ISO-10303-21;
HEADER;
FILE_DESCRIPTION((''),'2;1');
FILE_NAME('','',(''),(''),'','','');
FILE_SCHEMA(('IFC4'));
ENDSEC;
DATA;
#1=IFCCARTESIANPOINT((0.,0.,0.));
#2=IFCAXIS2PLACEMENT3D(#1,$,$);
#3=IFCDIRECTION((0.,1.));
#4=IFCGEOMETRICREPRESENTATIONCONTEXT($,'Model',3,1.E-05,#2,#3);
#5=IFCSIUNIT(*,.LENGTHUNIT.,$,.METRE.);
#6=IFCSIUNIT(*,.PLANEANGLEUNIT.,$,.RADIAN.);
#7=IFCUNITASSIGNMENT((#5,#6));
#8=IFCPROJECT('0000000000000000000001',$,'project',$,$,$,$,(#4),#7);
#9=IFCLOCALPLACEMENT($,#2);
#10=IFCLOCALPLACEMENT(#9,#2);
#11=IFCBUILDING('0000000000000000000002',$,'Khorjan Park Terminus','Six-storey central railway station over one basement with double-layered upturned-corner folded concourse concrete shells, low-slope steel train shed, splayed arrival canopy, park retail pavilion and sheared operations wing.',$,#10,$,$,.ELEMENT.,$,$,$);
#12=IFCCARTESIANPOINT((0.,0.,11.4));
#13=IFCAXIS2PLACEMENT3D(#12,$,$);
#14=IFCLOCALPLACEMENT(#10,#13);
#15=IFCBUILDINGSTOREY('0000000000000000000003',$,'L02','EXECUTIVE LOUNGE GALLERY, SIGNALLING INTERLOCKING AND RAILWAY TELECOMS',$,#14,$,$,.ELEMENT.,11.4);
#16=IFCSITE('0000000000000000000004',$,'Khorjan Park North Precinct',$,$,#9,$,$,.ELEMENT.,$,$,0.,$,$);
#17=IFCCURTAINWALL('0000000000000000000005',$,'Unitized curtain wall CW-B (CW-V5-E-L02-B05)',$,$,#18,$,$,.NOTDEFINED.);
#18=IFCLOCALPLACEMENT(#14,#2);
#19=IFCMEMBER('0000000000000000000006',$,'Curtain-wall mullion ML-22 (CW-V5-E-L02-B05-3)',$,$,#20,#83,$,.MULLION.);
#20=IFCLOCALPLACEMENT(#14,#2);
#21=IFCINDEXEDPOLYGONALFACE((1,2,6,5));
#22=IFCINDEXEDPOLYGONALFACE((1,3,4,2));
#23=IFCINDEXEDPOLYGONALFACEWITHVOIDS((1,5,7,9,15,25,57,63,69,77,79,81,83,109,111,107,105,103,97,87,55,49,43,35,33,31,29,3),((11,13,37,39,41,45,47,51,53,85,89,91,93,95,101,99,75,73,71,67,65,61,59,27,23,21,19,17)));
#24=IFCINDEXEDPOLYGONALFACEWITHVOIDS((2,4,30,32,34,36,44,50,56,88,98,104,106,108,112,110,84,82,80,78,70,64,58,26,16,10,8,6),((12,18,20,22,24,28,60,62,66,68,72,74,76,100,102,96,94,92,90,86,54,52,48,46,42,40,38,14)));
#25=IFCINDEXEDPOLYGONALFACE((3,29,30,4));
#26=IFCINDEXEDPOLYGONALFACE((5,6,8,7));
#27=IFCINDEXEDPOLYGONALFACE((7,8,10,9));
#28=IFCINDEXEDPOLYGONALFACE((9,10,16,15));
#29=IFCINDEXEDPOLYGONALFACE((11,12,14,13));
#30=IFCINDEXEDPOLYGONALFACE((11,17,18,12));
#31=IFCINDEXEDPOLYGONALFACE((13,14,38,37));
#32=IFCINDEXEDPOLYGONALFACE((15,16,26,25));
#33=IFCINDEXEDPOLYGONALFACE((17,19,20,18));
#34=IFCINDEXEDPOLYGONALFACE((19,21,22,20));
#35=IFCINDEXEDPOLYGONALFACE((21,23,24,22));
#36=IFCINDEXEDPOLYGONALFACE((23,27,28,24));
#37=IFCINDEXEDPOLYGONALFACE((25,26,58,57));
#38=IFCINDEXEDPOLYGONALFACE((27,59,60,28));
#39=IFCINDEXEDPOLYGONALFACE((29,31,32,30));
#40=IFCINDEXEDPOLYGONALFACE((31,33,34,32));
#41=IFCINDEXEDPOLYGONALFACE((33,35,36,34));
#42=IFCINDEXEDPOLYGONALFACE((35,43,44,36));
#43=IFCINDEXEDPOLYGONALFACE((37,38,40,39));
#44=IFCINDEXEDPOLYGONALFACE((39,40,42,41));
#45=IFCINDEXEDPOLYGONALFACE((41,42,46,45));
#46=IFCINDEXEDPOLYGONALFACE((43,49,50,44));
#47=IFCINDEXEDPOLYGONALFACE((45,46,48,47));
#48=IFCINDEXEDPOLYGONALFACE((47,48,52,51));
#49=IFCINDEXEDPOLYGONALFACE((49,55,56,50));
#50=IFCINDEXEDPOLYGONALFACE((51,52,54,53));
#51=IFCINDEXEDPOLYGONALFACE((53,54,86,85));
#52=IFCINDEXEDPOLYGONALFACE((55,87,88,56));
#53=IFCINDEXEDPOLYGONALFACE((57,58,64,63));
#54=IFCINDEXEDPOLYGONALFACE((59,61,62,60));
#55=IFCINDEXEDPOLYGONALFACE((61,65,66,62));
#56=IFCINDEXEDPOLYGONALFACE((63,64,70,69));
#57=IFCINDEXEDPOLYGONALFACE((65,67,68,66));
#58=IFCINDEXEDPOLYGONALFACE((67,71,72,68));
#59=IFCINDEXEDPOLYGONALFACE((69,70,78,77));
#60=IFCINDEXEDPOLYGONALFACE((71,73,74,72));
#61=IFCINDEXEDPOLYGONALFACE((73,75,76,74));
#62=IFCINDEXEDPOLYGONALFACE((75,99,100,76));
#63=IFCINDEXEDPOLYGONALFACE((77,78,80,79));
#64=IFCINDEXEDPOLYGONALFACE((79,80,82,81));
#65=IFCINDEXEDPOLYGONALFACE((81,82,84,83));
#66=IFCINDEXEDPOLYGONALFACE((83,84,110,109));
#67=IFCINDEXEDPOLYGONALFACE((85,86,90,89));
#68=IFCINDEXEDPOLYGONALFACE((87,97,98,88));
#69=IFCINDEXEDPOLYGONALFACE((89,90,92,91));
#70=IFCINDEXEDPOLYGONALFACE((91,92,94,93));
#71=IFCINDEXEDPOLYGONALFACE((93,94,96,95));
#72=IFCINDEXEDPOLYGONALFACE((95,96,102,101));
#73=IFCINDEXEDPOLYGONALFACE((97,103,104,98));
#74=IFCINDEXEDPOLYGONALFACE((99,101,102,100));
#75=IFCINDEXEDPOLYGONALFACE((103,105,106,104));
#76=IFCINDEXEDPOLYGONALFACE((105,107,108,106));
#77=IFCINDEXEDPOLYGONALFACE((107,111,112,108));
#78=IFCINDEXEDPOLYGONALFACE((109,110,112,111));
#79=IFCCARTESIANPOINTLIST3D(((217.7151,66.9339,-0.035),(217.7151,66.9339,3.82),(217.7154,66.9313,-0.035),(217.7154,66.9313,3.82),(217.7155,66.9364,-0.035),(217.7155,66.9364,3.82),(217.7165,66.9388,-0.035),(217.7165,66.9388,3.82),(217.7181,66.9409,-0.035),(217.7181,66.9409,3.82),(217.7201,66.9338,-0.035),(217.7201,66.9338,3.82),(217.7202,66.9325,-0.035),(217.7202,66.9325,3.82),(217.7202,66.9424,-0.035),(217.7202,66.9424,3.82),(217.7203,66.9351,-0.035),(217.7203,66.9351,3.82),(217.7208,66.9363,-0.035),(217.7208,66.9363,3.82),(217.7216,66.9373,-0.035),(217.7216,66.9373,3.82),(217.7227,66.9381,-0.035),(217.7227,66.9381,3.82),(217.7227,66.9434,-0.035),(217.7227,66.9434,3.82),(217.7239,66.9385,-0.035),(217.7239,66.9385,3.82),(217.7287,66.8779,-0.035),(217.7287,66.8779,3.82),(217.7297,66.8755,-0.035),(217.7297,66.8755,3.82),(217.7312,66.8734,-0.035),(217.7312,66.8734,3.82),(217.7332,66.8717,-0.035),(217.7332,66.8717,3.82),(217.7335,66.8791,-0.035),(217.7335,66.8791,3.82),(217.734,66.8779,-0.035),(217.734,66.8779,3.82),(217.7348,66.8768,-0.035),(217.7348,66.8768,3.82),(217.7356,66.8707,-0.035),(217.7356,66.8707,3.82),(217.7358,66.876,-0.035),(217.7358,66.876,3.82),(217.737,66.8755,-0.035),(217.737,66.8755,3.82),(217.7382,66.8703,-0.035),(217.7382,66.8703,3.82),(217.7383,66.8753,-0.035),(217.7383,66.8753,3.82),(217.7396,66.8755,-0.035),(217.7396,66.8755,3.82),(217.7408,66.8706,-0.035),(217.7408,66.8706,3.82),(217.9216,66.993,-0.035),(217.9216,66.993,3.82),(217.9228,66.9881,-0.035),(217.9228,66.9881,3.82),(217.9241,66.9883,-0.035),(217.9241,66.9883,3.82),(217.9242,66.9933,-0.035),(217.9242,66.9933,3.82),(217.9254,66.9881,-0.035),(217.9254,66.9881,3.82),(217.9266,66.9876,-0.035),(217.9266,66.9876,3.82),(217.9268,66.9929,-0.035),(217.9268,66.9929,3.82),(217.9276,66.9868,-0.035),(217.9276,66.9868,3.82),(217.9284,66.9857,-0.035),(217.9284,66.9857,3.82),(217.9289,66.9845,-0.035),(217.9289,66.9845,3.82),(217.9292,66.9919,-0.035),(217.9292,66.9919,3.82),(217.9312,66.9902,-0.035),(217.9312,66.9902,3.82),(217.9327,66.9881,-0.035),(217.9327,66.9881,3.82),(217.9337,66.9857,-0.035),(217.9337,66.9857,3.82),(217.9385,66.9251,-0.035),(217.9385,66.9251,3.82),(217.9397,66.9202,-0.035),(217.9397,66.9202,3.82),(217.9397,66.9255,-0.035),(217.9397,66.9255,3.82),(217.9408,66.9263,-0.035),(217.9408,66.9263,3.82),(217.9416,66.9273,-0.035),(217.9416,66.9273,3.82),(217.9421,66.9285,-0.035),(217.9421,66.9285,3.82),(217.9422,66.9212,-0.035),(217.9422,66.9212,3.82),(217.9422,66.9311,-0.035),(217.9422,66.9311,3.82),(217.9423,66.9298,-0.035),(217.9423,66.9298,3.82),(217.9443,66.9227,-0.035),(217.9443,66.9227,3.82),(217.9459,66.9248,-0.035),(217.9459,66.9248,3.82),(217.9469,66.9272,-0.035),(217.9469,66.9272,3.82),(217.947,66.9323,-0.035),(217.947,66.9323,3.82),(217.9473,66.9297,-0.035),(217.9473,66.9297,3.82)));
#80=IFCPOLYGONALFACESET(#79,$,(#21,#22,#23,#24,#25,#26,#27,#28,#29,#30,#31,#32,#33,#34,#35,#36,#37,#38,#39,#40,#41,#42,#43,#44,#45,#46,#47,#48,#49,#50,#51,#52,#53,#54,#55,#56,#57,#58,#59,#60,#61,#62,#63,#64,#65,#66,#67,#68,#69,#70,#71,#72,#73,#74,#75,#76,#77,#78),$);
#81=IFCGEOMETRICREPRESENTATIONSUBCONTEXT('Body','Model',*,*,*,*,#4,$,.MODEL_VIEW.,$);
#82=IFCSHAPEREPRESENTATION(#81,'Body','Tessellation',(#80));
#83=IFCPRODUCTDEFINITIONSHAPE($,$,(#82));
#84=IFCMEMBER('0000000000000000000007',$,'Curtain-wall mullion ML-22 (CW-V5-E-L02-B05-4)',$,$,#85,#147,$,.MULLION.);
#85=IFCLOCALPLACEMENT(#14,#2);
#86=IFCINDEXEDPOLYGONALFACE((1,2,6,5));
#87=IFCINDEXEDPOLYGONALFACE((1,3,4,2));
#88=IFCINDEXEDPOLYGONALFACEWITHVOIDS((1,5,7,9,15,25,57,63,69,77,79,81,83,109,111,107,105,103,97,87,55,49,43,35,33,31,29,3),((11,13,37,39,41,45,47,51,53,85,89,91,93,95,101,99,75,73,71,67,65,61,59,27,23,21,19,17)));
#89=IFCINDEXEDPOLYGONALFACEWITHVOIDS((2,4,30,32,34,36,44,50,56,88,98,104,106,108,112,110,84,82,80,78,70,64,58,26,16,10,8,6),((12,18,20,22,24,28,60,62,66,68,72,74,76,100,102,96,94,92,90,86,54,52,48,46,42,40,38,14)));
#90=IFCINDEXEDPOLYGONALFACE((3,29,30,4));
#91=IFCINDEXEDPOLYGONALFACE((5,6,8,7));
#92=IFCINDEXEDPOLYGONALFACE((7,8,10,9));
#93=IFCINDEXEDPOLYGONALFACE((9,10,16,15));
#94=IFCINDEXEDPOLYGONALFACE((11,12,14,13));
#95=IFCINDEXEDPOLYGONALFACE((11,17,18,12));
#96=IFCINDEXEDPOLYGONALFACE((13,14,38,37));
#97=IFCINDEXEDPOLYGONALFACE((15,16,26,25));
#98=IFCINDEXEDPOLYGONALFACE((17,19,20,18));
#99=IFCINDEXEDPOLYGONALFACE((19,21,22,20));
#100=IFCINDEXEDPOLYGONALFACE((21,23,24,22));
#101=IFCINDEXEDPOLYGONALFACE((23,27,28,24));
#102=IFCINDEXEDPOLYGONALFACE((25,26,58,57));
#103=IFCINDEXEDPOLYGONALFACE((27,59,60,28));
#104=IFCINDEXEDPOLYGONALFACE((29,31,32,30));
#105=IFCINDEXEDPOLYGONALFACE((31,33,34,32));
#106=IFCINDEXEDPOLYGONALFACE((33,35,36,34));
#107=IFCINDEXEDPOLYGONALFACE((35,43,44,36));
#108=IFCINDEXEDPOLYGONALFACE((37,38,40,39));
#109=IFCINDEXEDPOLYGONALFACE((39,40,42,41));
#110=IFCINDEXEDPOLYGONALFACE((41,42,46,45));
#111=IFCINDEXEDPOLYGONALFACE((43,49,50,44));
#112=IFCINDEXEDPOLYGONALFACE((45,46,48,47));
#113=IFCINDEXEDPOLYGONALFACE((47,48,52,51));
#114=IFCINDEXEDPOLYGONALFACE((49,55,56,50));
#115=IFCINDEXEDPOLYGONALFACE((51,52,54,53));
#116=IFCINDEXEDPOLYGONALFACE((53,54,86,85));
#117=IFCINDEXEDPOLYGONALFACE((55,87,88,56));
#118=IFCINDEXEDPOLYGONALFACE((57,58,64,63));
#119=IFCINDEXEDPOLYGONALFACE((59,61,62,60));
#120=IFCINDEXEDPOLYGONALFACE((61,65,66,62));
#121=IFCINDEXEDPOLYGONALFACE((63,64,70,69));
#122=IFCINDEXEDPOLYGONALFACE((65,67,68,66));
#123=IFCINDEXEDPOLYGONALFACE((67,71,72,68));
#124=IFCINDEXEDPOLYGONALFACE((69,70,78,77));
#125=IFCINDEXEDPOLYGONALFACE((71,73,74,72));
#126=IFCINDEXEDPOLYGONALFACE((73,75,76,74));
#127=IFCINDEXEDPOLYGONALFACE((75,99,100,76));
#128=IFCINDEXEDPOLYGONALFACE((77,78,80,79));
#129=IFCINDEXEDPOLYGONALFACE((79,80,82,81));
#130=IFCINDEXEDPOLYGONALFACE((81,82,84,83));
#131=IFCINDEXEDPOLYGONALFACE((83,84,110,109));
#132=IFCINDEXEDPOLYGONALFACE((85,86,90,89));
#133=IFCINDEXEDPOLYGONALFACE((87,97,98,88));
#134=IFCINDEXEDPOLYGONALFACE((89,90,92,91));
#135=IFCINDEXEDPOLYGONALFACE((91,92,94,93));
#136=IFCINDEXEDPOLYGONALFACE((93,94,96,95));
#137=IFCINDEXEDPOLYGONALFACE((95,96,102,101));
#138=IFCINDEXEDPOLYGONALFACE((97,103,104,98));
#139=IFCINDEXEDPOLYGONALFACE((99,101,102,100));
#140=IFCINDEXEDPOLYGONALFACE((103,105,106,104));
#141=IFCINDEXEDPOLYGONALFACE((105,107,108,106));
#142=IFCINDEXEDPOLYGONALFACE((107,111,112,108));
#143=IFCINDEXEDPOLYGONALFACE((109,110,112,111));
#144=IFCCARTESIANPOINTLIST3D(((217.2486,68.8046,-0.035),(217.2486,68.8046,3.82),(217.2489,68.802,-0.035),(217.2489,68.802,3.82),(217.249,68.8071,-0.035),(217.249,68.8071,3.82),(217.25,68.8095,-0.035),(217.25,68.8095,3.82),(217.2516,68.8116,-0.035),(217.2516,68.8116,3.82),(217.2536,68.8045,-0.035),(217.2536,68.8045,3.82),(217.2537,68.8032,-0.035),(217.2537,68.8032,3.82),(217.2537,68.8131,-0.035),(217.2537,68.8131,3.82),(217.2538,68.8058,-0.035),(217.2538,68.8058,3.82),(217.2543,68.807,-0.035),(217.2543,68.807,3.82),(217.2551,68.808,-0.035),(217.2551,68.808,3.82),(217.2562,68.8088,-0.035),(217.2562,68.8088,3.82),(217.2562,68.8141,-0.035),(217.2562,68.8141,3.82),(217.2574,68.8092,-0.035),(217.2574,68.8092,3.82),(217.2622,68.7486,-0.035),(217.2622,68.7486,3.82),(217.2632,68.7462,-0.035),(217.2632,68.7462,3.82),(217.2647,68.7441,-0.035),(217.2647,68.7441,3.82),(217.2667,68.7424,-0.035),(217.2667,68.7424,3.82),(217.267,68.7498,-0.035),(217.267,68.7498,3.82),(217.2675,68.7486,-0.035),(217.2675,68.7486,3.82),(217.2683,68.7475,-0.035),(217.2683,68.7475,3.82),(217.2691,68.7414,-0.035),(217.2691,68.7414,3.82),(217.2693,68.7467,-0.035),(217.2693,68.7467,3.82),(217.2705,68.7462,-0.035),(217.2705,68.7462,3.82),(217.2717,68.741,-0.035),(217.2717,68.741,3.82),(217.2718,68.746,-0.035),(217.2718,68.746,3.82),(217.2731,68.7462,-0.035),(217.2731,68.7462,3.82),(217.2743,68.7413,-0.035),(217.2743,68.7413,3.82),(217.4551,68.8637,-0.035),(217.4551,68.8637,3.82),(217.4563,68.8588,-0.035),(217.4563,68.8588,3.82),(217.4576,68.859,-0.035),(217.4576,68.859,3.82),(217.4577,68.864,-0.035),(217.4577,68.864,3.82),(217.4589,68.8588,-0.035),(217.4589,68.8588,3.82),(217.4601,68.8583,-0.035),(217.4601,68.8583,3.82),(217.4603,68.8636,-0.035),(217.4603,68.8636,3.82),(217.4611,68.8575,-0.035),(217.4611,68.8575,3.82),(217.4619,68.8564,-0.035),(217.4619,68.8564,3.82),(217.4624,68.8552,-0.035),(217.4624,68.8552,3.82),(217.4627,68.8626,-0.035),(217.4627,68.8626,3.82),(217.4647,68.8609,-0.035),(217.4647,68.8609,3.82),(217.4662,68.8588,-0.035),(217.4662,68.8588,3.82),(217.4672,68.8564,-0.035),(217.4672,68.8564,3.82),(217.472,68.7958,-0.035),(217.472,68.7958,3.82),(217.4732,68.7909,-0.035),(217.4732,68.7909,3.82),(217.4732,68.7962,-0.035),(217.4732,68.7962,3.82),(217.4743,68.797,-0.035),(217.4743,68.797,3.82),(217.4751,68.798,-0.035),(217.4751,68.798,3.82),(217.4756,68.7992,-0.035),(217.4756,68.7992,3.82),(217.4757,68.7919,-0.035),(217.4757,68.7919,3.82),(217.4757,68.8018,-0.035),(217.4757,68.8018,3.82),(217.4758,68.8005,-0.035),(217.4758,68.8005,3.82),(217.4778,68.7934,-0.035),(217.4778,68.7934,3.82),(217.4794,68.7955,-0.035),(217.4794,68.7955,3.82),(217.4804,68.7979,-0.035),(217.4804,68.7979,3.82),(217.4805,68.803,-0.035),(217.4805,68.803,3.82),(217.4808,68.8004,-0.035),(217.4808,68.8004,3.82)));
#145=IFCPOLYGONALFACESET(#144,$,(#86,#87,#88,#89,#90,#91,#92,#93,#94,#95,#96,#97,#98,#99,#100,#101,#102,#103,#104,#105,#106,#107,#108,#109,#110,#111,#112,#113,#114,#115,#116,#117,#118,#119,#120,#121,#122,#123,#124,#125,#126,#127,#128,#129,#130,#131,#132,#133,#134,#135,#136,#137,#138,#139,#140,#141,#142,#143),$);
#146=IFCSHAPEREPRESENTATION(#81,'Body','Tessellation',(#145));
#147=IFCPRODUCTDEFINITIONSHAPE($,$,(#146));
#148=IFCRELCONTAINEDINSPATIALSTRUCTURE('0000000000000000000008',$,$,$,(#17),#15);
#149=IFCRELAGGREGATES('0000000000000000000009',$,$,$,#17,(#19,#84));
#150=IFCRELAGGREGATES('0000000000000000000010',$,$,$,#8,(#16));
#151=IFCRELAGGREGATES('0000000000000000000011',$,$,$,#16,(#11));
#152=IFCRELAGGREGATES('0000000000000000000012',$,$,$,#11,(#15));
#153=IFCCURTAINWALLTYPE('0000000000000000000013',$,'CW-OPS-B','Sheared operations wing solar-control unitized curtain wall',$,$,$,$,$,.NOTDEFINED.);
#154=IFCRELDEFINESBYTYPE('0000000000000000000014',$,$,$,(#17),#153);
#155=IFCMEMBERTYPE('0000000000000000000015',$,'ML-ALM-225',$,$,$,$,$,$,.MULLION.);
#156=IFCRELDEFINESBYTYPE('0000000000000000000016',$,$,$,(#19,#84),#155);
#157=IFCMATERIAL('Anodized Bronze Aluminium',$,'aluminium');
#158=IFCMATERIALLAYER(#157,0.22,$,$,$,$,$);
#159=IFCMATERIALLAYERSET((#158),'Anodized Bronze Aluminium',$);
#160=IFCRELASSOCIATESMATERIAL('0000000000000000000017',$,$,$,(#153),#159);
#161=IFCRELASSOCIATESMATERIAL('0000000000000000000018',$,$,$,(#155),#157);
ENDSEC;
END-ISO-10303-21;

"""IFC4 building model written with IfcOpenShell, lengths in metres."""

from ifc_helpers import new_model, si_unit, direction, frame, origin, origin_2d, place, context, subcontext, project, spatial, hollow_rectangle, extrude, material, layer, layer_set, material_profile, profile_set, type_object, element, aggregate, save


model = new_model("IFC4")

# Units and contexts
model_context = context("Model", 3, precision=1e-05, world=origin(), true_north=direction((0.0, 1.0)))
body_context = subcontext(model_context, "Body", "Model", "MODEL_VIEW")
ifc_project = project(units=[si_unit("LENGTHUNIT", "METRE"), si_unit("PLANEANGLEUNIT", "RADIAN")], contexts=[model_context])

# Site, building, storey
site_placement = place(None, origin())
site = spatial("IfcSite", under=ifc_project, at=site_placement, Name="Khorjan Park North Precinct", CompositionType="ELEMENT", RefElevation=0.0)
building_placement = place(site_placement, origin())
building = spatial("IfcBuilding", under=site, at=building_placement, Name="Khorjan Park Terminus", Description="Six-storey central railway station over one basement with double-layered upturned-corner folded concourse concrete shells, low-slope steel train shed, splayed arrival canopy, park retail pavilion and sheared operations wing.", CompositionType="ELEMENT")
storey_placement = place(building_placement, frame((0.0, 0.0, 11.4)))
storey = spatial("IfcBuildingStorey", under=building, at=storey_placement, Name="L02", Description="EXECUTIVE LOUNGE GALLERY, SIGNALLING INTERLOCKING AND RAILWAY TELECOMS", CompositionType="ELEMENT", Elevation=11.4)

# Curtain wall, members
ifc_material_1 = material(Name="Anodized Bronze Aluminium", Category="aluminium")
ifc_layer_1 = layer(ifc_material_1, 0.22)
ifc_layer_set_1 = layer_set([ifc_layer_1], Name="Anodized Bronze Aluminium")
curtain_wall_type = type_object("IfcCurtainWallType", Name="CW-OPS-B", Description="Sheared operations wing solar-control unitized curtain wall", PredefinedType="NOTDEFINED", material=ifc_layer_set_1)
curtain_wall_placement = place(storey_placement, origin())
curtain_wall = element("IfcCurtainWall", 1, at=curtain_wall_placement, inside=storey, type_object=curtain_wall_type, Name="Unitized curtain wall CW-B (CW-V5-E-L02-B05)", PredefinedType="NOTDEFINED")
ifc_material_profile_1 = material_profile(ifc_material_1, hollow_rectangle(XDim=0.075, YDim=0.225, WallThickness=0.005, InnerFilletRadius=0.005, OuterFilletRadius=0.01, at=origin_2d()), Name="ALM 75x225x5")
ifc_profile_set_1 = profile_set([ifc_material_profile_1], Name="Anodized Bronze Aluminium")
member_type_1 = type_object("IfcMemberType", Name="ML-ALM-225", PredefinedType="MULLION", material=ifc_profile_set_1)
member_1_placement = place(storey_placement, frame((217.8312, 66.9318, -0.035), z_axis=(0.0, 0.0, 1.0), x_axis=(-0.241935, 0.970292, 0.0)))
member_1 = element("IfcMember", 2, at=member_1_placement, type_object=member_type_1, Name="Curtain-wall mullion ML-22 (CW-V5-E-L02-B05-3)", PredefinedType="MULLION", context=body_context, shape_type="SweptSolid", body=[
    extrude(hollow_rectangle(XDim=0.075, YDim=0.225, WallThickness=0.005, InnerFilletRadius=0.005, OuterFilletRadius=0.01, at=origin_2d()), origin(), (0.0, 0.0, 1.0), 3.855),
])
member_2_placement = place(storey_placement, frame((217.3647, 68.8025, -0.035), z_axis=(0.0, 0.0, 1.0), x_axis=(-0.241935, 0.970292, 0.0)))
member_2 = element("IfcMember", 3, at=member_2_placement, type_object=member_type_1, Name="Curtain-wall mullion ML-22 (CW-V5-E-L02-B05-4)", PredefinedType="MULLION", context=body_context, shape_type="SweptSolid", body=[
    extrude(hollow_rectangle(XDim=0.075, YDim=0.225, WallThickness=0.005, InnerFilletRadius=0.005, OuterFilletRadius=0.01, at=origin_2d()), origin(), (0.0, 0.0, 1.0), 3.855),
])
aggregate(curtain_wall, [member_1, member_2])

save(model, "model.ifc")
